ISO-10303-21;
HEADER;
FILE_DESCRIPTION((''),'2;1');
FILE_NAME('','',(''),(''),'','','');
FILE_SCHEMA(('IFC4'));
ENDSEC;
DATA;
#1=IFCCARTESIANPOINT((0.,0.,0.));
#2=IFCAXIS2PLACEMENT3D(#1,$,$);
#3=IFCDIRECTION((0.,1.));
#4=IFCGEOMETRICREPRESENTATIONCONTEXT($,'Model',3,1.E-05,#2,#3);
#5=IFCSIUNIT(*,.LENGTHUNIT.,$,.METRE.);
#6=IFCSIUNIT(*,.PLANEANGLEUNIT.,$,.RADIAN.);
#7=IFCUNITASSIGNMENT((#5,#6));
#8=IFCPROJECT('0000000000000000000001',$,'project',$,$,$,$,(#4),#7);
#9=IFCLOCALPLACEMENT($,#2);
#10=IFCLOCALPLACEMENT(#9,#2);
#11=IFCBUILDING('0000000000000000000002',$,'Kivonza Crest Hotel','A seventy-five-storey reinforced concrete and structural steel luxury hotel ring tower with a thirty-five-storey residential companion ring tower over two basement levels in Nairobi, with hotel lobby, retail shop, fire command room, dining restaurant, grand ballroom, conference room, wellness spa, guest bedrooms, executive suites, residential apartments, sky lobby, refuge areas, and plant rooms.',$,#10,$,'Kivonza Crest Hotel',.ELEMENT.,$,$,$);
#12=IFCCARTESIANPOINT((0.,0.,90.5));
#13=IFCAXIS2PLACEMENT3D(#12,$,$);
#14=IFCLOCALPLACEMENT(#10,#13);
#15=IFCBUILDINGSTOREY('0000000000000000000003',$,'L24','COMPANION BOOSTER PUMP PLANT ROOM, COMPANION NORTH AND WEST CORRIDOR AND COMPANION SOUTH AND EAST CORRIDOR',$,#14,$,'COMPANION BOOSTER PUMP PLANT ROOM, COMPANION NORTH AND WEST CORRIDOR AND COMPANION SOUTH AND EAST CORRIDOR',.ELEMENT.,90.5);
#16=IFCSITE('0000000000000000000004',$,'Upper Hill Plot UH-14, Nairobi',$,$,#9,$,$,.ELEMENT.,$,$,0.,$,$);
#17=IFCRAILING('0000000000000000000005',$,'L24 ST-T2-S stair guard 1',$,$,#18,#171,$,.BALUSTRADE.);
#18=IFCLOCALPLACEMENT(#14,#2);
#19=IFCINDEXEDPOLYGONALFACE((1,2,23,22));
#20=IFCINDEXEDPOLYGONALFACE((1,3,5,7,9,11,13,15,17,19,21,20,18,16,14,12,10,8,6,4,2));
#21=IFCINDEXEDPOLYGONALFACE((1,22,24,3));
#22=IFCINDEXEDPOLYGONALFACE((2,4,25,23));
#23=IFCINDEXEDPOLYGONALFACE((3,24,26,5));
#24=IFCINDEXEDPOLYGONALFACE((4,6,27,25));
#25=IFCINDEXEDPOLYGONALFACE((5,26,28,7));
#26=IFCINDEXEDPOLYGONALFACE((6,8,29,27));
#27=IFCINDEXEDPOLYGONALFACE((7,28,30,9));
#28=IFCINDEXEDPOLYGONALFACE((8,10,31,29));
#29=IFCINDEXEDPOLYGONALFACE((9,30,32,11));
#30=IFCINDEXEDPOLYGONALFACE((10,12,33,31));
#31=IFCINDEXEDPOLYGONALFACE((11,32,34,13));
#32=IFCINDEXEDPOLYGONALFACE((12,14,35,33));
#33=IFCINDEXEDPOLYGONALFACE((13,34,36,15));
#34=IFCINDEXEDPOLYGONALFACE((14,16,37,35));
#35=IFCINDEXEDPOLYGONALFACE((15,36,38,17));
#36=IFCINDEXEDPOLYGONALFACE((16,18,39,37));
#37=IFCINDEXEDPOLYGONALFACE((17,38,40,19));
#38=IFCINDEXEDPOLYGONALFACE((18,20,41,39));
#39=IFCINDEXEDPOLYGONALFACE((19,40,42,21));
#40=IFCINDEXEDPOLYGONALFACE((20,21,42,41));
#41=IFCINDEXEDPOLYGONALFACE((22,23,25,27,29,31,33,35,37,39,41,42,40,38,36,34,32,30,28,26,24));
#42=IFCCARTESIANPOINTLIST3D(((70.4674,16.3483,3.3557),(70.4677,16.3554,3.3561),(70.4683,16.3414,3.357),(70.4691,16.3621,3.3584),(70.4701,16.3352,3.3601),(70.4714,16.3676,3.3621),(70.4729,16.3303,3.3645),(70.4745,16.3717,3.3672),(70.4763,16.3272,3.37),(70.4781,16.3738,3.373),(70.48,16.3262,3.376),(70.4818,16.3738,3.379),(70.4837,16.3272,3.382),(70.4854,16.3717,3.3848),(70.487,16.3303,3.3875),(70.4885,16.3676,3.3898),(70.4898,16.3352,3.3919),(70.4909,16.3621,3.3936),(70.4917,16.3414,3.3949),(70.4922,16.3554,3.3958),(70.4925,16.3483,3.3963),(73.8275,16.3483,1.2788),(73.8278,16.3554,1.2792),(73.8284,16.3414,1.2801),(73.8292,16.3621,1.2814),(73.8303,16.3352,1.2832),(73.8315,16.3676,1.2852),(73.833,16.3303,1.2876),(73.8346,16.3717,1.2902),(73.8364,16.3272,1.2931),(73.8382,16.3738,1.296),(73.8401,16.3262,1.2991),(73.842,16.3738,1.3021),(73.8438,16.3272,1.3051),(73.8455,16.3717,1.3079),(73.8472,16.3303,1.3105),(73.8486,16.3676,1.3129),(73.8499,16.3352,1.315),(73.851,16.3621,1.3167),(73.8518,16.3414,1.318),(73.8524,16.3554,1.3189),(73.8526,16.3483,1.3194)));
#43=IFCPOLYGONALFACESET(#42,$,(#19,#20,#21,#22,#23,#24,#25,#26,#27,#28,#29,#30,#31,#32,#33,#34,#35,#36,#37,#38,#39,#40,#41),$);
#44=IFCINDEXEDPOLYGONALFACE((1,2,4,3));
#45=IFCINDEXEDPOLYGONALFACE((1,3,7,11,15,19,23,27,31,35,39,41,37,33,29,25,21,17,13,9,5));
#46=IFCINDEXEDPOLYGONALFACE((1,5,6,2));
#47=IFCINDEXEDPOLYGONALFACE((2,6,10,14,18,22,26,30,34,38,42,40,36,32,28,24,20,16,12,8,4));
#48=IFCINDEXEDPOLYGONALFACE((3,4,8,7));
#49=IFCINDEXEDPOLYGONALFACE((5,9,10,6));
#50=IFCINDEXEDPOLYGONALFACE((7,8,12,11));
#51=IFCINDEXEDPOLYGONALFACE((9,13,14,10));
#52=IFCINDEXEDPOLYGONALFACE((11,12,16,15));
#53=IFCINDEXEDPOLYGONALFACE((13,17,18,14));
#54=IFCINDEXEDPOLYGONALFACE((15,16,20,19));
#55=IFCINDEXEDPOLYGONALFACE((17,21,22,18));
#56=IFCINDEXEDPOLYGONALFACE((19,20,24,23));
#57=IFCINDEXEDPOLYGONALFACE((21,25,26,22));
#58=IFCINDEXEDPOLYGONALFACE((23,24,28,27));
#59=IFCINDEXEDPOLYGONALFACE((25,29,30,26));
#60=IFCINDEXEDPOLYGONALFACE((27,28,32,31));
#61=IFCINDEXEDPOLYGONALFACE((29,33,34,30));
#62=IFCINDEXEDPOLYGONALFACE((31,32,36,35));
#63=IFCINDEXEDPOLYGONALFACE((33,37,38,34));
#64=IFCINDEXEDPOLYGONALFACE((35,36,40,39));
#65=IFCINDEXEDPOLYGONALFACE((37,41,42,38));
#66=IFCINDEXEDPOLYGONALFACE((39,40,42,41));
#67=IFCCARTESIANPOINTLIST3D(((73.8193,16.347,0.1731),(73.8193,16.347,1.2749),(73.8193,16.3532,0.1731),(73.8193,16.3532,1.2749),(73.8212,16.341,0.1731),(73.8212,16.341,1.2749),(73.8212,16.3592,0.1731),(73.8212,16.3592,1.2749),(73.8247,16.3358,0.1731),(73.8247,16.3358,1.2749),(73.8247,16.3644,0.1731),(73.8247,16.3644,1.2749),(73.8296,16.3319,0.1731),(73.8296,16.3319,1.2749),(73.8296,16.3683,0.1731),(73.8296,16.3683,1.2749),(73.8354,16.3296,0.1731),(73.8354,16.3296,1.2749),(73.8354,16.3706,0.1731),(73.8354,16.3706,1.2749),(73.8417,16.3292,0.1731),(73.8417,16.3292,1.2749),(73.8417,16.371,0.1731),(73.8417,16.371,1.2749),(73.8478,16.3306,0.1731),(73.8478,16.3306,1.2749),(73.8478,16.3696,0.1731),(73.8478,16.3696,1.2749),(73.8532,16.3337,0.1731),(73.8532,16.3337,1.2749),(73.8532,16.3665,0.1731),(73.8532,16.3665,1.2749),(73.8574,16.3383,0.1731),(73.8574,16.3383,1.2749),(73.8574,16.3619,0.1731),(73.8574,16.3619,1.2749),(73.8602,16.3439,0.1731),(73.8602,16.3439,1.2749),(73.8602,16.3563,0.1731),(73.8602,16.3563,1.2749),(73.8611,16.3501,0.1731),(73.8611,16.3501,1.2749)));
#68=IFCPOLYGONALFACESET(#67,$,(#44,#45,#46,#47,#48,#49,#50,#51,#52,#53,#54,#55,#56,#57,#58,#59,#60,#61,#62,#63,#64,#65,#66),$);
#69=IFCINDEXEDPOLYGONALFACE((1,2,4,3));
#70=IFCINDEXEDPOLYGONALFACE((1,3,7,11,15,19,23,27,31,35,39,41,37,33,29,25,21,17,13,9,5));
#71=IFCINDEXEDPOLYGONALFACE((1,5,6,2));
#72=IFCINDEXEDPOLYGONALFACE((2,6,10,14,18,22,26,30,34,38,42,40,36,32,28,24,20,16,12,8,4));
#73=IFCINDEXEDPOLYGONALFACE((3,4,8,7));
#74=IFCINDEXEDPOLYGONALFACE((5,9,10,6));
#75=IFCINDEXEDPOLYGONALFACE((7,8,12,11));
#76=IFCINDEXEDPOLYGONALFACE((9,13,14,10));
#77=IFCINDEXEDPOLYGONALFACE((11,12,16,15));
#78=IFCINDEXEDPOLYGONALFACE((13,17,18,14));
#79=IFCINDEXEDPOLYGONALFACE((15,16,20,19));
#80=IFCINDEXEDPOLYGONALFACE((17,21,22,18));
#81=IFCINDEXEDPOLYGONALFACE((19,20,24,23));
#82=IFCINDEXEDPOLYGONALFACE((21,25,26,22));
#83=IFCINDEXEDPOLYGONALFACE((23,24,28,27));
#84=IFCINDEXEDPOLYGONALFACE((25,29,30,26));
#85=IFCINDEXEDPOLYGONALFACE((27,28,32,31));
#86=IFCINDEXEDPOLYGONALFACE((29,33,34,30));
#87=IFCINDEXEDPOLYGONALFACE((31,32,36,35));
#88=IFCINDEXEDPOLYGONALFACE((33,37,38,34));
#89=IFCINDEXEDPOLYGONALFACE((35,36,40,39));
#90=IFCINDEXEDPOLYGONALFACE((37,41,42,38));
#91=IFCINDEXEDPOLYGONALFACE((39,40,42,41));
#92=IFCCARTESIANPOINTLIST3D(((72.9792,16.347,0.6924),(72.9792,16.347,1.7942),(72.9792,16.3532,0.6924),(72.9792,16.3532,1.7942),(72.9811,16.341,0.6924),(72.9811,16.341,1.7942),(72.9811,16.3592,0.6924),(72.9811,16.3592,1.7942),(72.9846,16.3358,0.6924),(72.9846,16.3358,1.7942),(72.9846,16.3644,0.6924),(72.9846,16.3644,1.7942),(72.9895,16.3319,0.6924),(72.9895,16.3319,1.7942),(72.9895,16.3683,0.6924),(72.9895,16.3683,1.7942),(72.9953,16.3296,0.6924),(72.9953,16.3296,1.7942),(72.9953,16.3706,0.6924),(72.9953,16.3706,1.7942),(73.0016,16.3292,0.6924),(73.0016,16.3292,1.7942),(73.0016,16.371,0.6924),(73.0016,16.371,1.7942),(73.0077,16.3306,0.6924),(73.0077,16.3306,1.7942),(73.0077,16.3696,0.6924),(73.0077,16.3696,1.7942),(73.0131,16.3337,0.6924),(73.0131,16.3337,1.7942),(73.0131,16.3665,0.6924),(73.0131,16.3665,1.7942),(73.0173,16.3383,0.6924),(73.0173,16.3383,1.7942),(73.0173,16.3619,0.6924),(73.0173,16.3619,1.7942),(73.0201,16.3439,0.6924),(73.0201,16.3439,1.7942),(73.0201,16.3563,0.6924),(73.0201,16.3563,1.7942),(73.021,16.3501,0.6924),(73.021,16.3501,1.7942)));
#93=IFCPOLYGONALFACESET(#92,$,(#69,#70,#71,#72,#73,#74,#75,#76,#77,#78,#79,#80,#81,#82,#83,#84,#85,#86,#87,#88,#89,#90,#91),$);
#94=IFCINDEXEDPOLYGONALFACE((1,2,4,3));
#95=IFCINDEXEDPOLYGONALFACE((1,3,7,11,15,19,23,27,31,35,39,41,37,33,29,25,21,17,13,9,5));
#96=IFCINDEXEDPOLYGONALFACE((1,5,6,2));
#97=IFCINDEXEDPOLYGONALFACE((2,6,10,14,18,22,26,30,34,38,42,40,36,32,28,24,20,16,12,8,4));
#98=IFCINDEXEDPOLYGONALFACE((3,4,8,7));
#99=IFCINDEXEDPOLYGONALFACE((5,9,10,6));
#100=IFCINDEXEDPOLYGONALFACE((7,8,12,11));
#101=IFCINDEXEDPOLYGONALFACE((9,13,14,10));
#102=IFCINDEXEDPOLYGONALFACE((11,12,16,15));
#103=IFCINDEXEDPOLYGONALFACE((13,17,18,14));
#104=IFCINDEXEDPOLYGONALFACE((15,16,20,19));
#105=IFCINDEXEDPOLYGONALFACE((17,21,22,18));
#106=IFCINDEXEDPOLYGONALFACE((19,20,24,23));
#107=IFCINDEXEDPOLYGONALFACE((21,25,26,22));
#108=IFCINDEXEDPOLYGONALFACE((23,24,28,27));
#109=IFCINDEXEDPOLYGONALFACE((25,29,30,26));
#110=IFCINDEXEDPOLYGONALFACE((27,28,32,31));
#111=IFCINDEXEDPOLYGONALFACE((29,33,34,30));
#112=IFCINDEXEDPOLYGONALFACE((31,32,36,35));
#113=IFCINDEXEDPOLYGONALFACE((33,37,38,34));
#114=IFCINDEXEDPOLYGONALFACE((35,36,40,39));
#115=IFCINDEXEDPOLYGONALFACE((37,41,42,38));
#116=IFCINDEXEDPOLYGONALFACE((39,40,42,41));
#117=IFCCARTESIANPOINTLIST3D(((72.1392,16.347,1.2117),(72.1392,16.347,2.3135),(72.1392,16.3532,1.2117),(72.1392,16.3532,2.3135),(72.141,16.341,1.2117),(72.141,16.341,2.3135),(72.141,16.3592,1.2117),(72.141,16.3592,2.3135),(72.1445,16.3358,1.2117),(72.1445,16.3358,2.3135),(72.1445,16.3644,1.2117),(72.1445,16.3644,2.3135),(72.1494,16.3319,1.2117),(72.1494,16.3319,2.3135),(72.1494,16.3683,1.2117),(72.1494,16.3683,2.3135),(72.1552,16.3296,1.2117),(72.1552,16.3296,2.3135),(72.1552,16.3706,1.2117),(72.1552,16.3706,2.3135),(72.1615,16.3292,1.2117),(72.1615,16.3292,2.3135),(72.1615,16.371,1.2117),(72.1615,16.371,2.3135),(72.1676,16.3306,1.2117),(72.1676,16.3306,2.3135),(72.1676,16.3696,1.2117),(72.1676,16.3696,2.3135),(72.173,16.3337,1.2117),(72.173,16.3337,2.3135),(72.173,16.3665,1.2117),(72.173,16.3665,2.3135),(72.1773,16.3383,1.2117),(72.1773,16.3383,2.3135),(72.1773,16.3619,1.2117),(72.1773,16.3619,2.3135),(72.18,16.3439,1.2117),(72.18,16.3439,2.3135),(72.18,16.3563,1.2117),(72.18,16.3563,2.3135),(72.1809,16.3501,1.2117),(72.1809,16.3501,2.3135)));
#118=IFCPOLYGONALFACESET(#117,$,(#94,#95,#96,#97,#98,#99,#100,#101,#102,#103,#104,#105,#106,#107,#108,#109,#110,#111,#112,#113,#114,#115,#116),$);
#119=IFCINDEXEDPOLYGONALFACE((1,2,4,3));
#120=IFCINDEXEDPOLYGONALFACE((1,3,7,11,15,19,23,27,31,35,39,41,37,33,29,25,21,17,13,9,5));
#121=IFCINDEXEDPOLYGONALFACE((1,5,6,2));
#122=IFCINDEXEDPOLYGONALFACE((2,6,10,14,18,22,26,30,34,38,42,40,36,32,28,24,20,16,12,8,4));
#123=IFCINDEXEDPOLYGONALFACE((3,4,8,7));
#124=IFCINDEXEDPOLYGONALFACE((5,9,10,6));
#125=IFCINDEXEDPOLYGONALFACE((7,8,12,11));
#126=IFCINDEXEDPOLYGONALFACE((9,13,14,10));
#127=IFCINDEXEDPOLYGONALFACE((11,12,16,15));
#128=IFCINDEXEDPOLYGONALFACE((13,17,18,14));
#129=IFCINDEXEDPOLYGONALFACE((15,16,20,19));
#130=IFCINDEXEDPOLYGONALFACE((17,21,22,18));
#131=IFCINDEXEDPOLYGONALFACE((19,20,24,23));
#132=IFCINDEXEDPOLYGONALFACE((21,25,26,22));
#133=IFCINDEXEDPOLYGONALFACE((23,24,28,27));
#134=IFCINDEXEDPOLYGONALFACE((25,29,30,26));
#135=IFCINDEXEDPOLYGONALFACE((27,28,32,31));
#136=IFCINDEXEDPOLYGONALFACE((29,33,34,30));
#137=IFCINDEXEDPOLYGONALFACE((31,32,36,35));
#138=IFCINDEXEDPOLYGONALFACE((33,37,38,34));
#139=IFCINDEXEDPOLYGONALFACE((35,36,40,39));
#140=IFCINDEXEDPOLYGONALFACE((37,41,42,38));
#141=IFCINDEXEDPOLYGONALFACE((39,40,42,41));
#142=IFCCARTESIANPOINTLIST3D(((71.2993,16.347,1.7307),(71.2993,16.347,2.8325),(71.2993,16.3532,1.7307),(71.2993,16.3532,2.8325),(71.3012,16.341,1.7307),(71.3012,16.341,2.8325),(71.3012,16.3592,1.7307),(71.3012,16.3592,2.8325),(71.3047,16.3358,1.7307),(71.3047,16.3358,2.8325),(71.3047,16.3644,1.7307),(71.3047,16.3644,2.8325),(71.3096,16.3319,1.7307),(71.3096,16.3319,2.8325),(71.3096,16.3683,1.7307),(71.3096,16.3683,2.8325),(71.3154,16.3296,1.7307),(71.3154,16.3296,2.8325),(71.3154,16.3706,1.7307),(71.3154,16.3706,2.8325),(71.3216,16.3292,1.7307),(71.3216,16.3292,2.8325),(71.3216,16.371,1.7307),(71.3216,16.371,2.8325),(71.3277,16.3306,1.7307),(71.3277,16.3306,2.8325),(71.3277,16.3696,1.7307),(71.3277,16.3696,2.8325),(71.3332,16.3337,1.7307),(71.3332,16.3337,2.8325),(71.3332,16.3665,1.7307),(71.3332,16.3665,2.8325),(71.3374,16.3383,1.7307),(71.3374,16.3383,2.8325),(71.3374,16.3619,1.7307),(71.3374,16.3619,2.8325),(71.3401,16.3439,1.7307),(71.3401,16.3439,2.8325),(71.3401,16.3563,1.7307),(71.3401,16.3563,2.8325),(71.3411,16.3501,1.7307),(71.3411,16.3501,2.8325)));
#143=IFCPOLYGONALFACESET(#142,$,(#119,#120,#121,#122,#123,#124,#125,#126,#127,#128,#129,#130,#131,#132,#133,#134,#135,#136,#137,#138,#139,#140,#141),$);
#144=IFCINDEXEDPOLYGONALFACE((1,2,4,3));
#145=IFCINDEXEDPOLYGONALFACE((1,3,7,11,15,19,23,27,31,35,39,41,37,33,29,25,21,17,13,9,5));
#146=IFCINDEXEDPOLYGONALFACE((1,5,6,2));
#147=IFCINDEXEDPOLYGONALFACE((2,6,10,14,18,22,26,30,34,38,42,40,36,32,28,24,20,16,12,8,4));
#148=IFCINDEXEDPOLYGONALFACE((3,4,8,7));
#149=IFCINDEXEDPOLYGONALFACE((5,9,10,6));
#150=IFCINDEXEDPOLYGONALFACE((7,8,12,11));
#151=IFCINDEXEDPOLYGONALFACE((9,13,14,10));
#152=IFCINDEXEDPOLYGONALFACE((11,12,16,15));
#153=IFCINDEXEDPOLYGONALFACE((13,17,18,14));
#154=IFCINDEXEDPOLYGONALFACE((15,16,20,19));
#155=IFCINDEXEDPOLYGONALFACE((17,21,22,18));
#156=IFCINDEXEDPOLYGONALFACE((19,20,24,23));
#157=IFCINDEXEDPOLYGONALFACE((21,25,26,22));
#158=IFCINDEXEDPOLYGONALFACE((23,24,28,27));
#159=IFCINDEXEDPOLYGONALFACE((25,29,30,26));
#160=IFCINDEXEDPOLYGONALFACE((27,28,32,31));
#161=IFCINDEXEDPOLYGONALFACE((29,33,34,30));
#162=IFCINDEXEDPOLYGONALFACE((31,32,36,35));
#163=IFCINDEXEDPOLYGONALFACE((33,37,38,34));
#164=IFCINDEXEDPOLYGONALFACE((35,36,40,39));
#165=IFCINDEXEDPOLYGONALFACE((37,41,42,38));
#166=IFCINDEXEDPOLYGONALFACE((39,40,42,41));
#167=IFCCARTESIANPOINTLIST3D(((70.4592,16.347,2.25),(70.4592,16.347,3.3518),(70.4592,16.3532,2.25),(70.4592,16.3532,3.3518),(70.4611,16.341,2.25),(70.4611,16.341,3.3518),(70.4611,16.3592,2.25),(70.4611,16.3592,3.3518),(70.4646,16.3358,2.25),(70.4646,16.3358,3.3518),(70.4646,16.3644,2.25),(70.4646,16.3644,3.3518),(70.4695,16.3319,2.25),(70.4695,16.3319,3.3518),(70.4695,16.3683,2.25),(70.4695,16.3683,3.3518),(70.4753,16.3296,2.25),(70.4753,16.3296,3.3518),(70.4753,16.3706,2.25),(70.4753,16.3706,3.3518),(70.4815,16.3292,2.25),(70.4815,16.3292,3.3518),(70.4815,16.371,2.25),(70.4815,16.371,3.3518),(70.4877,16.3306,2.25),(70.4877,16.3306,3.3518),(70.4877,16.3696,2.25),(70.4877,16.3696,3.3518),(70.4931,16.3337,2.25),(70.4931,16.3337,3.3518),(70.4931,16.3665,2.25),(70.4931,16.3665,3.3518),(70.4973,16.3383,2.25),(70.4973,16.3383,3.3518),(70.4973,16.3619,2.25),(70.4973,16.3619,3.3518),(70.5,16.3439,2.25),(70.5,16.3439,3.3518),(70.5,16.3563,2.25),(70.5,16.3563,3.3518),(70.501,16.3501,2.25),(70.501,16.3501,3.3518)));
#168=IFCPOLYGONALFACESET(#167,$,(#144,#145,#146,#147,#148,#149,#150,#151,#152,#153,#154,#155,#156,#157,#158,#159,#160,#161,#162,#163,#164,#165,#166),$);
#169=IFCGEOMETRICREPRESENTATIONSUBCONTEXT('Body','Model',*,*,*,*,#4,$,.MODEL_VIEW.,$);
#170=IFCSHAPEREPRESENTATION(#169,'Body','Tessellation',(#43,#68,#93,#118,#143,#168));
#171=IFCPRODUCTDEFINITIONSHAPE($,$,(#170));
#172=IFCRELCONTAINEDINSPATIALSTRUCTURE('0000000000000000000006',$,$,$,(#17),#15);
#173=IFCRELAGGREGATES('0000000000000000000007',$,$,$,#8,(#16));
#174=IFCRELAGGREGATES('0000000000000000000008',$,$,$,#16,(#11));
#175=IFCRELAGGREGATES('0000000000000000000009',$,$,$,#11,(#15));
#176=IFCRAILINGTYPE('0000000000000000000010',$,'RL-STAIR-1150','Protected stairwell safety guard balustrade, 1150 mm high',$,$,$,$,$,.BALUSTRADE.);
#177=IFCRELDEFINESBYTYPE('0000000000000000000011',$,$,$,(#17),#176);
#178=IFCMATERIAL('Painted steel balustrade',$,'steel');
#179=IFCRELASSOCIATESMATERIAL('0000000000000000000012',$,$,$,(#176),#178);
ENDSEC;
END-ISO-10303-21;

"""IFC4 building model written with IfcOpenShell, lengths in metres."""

from ifc_helpers import new_model, si_unit, direction, frame, origin, origin_2d, place, context, subcontext, project, spatial, circle, extrude, material, type_object, element, save


model = new_model("IFC4")

# Units and contexts
model_context = context("Model", 3, precision=1e-05, world=origin(), true_north=direction((0.0, 1.0)))
body_context = subcontext(model_context, "Body", "Model", "MODEL_VIEW")
ifc_project = project(units=[si_unit("LENGTHUNIT", "METRE"), si_unit("PLANEANGLEUNIT", "RADIAN")], contexts=[model_context])

# Site, building, storey
site_placement = place(None, origin())
site = spatial("IfcSite", under=ifc_project, at=site_placement, Name="Upper Hill Plot UH-14, Nairobi", CompositionType="ELEMENT", RefElevation=0.0)
building_placement = place(site_placement, origin())
building = spatial("IfcBuilding", under=site, at=building_placement, Name="Kivonza Crest Hotel", Description="A seventy-five-storey reinforced concrete and structural steel luxury hotel ring tower with a thirty-five-storey residential companion ring tower over two basement levels in Nairobi, with hotel lobby, retail shop, fire command room, dining restaurant, grand ballroom, conference room, wellness spa, guest bedrooms, executive suites, residential apartments, sky lobby, refuge areas, and plant rooms.", LongName="Kivonza Crest Hotel", CompositionType="ELEMENT")
storey_placement = place(building_placement, frame((0.0, 0.0, 90.5)))
storey = spatial("IfcBuildingStorey", under=building, at=storey_placement, Name="L24", Description="COMPANION BOOSTER PUMP PLANT ROOM, COMPANION NORTH AND WEST CORRIDOR AND COMPANION SOUTH AND EAST CORRIDOR", LongName="COMPANION BOOSTER PUMP PLANT ROOM, COMPANION NORTH AND WEST CORRIDOR AND COMPANION SOUTH AND EAST CORRIDOR", CompositionType="ELEMENT", Elevation=90.5)

# Railing
ifc_material_1 = material(Name="Painted steel balustrade", Category="steel")
railing_type_1 = type_object("IfcRailingType", Name="RL-STAIR-1150", Description="Protected stairwell safety guard balustrade, 1150 mm high", PredefinedType="BALUSTRADE", material=ifc_material_1)
railing_1_placement = place(storey_placement, frame((73.8401, 16.3501, 0.1731)))
element("IfcRailing", 1, at=railing_1_placement, inside=storey, type_object=railing_type_1, Name="L24 ST-T2-S stair guard 1", PredefinedType="BALUSTRADE", context=body_context, shape_type="SweptSolid", body=[
    extrude(circle(Radius=0.0239, at=origin_2d()), frame((0.0, 0.0, 1.126), z_axis=(-0.850623, 0.0, 0.525776), x_axis=(0.0, -1.0, 0.0)), (0.0, 0.0, 1.0), 3.9502),
    extrude(circle(Radius=0.021, at=origin_2d()), origin(), (0.0, 0.0, 1.0), 1.1018),
    extrude(circle(Radius=0.021, at=origin_2d()), frame((-0.8401, 0.0, 0.5193)), (0.0, 0.0, 1.0), 1.1018),
    extrude(circle(Radius=0.021, at=origin_2d()), frame((-1.6802, 0.0, 1.0386)), (0.0, 0.0, 1.0), 1.1018),
    extrude(circle(Radius=0.021, at=origin_2d()), frame((-2.52, 0.0, 1.5576)), (0.0, 0.0, 1.0), 1.1018),
    extrude(circle(Radius=0.021, at=origin_2d()), frame((-3.3601, 0.0, 2.0769)), (0.0, 0.0, 1.0), 1.1018),
])

save(model, "model.ifc")
